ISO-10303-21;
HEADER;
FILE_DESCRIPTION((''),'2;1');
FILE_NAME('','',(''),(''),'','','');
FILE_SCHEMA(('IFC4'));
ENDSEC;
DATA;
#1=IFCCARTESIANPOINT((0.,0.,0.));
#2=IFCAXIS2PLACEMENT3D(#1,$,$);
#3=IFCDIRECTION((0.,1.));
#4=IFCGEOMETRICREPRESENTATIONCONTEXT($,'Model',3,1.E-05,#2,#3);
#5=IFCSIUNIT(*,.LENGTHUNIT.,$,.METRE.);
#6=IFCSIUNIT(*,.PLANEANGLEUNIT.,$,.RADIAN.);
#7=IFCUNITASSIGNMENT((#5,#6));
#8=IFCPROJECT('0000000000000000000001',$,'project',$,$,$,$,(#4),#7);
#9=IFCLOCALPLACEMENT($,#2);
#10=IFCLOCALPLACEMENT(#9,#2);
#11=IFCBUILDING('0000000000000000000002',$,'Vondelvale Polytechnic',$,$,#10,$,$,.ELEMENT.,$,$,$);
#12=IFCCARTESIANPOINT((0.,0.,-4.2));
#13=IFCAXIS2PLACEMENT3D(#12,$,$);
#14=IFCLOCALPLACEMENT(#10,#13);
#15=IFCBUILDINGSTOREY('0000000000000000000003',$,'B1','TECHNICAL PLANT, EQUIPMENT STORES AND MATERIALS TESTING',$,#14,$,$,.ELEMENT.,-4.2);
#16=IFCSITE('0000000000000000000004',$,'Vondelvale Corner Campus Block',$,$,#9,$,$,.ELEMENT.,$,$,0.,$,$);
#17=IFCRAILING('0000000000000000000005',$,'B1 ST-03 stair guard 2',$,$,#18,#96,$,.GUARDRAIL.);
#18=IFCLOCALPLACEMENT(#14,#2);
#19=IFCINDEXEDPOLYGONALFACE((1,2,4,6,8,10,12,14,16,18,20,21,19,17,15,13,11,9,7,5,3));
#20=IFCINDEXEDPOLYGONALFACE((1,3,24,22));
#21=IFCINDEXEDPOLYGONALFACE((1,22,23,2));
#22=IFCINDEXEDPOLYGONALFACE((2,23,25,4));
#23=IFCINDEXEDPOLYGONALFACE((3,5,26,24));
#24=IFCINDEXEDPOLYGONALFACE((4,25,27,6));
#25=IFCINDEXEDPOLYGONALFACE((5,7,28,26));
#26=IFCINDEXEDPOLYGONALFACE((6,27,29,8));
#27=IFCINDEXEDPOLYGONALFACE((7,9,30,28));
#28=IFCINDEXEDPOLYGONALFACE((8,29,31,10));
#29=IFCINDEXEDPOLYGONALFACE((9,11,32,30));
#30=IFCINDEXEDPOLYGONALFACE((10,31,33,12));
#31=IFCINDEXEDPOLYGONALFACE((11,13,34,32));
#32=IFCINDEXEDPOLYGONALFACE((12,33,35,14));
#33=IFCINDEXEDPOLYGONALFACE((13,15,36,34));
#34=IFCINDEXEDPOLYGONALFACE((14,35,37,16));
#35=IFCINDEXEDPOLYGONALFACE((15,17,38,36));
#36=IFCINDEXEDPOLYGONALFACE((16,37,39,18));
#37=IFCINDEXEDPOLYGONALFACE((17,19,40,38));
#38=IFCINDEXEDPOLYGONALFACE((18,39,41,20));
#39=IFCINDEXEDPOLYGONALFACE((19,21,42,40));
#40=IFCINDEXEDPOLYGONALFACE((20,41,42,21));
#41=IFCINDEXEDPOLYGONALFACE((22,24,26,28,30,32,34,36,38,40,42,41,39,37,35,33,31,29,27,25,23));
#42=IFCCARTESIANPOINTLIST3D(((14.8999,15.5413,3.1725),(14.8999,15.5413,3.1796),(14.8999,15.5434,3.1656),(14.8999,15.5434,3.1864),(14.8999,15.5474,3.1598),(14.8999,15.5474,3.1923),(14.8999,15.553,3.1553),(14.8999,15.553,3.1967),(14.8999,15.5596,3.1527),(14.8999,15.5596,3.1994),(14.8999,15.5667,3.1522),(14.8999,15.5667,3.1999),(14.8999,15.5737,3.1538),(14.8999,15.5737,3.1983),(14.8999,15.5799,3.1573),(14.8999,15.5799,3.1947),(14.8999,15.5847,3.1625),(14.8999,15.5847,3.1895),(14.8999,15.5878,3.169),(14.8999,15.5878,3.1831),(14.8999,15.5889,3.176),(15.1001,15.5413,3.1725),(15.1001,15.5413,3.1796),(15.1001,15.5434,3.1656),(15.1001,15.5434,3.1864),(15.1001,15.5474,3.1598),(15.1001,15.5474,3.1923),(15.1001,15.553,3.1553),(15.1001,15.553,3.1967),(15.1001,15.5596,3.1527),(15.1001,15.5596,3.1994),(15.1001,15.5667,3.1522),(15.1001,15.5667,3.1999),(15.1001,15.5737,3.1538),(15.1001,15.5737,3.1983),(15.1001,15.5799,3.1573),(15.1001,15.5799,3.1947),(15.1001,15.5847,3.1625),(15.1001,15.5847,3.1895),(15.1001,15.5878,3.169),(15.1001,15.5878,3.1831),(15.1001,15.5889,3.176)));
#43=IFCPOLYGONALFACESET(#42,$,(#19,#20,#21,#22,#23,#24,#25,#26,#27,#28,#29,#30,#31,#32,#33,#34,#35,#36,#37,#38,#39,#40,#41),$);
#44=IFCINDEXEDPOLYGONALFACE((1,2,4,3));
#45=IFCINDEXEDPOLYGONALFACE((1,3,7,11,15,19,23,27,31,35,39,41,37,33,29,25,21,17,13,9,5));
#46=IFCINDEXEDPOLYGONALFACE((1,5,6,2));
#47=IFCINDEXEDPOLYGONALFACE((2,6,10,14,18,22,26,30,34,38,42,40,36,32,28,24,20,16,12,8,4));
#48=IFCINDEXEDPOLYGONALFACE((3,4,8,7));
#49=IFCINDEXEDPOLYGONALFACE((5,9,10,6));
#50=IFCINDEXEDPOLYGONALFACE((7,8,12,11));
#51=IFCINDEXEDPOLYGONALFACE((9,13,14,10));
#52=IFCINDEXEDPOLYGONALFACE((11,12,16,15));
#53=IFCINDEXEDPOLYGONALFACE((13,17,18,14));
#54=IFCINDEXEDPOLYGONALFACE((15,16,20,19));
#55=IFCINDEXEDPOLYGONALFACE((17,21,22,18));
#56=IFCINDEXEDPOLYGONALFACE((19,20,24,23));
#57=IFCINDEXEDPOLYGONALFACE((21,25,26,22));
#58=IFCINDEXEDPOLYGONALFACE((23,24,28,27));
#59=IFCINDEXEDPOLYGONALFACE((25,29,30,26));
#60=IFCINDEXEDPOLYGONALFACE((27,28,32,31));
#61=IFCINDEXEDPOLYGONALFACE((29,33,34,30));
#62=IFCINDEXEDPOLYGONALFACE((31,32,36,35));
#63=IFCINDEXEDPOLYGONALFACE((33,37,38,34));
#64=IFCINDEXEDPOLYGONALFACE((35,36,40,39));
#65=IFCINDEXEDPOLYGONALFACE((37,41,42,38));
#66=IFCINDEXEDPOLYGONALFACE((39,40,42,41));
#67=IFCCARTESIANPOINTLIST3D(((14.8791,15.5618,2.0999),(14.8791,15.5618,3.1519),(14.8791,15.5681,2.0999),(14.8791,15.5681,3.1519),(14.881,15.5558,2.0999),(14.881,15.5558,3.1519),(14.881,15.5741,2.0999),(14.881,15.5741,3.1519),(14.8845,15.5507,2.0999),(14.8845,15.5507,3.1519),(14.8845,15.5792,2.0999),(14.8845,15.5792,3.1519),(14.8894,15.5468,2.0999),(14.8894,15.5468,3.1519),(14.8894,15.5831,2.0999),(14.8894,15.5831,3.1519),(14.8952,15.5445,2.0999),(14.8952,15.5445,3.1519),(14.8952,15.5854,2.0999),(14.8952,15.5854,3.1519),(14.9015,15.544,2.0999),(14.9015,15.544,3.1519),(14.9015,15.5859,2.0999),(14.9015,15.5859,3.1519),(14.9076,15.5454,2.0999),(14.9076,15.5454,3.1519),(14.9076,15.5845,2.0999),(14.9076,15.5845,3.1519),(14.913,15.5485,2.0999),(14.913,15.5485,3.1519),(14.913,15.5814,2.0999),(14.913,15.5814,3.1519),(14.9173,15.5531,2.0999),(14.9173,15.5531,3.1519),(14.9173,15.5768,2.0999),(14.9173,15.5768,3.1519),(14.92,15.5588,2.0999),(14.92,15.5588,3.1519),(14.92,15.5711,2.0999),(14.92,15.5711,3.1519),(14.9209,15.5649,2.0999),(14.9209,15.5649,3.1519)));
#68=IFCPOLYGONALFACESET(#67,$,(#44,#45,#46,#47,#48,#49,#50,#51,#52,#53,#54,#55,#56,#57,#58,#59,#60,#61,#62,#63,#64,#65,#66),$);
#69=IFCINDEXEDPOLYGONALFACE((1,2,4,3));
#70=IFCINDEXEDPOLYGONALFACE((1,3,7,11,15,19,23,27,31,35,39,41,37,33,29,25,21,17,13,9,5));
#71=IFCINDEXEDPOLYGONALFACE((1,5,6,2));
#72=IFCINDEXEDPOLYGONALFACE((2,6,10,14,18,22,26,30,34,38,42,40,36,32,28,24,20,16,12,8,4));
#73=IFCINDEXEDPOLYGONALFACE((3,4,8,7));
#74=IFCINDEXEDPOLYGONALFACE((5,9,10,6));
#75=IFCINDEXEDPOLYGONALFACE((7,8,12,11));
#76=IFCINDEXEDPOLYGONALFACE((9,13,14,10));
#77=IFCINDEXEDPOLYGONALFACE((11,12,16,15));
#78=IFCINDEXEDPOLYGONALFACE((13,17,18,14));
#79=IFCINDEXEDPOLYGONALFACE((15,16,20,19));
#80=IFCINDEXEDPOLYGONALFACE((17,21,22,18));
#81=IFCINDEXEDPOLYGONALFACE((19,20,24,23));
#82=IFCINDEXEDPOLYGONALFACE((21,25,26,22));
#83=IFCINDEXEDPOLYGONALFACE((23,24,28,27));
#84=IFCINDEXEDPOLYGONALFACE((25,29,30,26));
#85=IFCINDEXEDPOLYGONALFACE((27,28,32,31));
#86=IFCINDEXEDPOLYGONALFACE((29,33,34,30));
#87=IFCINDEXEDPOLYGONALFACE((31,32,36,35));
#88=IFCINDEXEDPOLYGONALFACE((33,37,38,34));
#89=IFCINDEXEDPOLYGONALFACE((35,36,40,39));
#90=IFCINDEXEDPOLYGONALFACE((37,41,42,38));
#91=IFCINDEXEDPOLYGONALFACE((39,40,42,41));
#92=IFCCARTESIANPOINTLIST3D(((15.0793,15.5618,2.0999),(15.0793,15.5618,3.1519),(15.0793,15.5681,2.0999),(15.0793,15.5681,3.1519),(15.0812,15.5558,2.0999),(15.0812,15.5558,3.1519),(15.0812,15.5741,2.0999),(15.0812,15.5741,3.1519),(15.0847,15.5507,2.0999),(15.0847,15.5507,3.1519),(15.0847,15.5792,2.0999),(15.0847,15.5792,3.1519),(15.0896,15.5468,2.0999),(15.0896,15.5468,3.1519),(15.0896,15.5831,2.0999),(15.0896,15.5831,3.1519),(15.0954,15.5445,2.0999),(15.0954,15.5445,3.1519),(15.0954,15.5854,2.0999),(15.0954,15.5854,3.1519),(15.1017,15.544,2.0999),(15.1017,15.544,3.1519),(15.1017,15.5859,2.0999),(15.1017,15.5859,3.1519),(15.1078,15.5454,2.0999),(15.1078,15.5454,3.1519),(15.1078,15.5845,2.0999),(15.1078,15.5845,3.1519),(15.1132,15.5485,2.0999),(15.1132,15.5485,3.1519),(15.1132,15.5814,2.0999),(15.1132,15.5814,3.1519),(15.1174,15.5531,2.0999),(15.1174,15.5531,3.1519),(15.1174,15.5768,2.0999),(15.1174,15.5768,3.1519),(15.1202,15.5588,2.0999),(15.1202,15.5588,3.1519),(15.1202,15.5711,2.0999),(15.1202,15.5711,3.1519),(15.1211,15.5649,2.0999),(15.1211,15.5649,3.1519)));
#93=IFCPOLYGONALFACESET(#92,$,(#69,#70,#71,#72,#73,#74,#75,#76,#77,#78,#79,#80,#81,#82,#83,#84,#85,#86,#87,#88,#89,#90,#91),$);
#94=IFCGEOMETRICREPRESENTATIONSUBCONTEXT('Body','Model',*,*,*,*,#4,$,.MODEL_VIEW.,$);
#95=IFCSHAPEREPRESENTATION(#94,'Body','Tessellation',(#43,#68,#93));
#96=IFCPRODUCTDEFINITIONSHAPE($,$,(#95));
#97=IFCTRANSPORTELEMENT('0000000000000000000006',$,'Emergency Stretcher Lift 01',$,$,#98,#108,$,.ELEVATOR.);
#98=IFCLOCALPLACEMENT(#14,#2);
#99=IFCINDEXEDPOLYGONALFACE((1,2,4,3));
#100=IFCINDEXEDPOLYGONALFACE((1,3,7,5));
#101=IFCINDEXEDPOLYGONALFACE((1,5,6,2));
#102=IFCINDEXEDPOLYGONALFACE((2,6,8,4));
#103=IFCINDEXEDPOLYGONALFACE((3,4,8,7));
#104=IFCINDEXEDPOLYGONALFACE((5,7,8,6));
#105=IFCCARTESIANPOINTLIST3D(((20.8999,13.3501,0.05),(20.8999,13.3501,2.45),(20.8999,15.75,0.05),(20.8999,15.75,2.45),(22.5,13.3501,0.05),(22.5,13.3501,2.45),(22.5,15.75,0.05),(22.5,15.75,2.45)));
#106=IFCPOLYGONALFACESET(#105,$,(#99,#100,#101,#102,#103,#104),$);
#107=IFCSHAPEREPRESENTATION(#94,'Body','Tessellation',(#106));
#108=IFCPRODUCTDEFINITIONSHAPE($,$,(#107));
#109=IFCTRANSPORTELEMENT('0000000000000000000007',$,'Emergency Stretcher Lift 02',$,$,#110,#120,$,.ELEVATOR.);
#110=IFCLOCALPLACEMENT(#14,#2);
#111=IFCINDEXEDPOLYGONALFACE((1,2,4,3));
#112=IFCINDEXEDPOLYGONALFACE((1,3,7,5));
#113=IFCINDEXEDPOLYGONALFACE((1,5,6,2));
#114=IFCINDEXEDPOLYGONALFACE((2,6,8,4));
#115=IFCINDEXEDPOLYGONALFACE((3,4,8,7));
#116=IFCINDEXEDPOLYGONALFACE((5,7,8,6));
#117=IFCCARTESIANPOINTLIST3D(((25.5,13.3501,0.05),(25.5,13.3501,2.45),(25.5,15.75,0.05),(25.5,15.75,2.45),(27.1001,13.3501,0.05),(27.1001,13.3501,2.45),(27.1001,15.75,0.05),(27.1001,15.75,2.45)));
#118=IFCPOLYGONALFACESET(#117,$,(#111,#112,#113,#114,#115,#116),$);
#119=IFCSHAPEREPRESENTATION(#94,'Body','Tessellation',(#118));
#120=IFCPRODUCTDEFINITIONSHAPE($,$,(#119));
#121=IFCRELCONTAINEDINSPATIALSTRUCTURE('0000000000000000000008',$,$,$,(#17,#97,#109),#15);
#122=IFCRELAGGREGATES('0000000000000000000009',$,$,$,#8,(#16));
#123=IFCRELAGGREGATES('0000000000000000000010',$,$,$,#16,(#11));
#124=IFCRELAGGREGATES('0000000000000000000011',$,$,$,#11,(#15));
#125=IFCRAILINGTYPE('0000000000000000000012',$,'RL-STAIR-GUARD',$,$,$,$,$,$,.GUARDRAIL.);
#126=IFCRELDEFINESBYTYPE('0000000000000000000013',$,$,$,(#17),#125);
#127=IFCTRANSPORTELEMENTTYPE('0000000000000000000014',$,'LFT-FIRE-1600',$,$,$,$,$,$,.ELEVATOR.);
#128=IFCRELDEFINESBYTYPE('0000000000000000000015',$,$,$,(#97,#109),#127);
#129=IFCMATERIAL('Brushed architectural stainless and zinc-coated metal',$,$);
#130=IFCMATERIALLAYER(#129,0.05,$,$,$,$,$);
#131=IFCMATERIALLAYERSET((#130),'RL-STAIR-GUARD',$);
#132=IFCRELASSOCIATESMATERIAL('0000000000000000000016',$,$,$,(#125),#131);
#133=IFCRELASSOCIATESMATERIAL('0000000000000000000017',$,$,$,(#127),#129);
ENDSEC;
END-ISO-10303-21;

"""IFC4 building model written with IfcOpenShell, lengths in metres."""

from ifc_helpers import new_model, si_unit, direction, frame, origin, origin_2d, place, context, subcontext, project, spatial, rectangle, circle, extrude, material, layer, layer_set, type_object, element, save


model = new_model("IFC4")

# Units and contexts
model_context = context("Model", 3, precision=1e-05, world=origin(), true_north=direction((0.0, 1.0)))
body_context = subcontext(model_context, "Body", "Model", "MODEL_VIEW")
ifc_project = project(units=[si_unit("LENGTHUNIT", "METRE"), si_unit("PLANEANGLEUNIT", "RADIAN")], contexts=[model_context])

# Site, building, storey
site_placement = place(None, origin())
site = spatial("IfcSite", under=ifc_project, at=site_placement, Name="Vondelvale Corner Campus Block", CompositionType="ELEMENT", RefElevation=0.0)
building_placement = place(site_placement, origin())
building = spatial("IfcBuilding", under=site, at=building_placement, Name="Vondelvale Polytechnic", CompositionType="ELEMENT")
storey_placement = place(building_placement, frame((0.0, 0.0, -4.2)))
storey = spatial("IfcBuildingStorey", under=building, at=storey_placement, Name="B1", Description="TECHNICAL PLANT, EQUIPMENT STORES AND MATERIALS TESTING", CompositionType="ELEMENT", Elevation=-4.2)

# Railing
ifc_material_1 = material(Name="Brushed architectural stainless and zinc-coated metal")
ifc_layer_1 = layer(ifc_material_1, 0.05)
ifc_layer_set_1 = layer_set([ifc_layer_1], Name="RL-STAIR-GUARD")
railing_type = type_object("IfcRailingType", Name="RL-STAIR-GUARD", PredefinedType="GUARDRAIL", material=ifc_layer_set_1)
railing_placement = place(storey_placement, frame((14.8999, 15.5649, 2.0999)))
element("IfcRailing", 1, at=railing_placement, inside=storey, type_object=railing_type, Name="B1 ST-03 stair guard 2", PredefinedType="GUARDRAIL", context=body_context, shape_type="SweptSolid", body=[
    extrude(circle(Radius=0.0239, at=origin_2d()), frame((0.0, 0.0, 1.0762), z_axis=(1.0, 0.0, 0.0), x_axis=(0.0, 1.0, 0.0)), (0.0, 0.0, 1.0), 0.2002),
    extrude(circle(Radius=0.021, at=origin_2d()), origin(), (0.0, 0.0, 1.0), 1.052),
    extrude(circle(Radius=0.021, at=origin_2d()), frame((0.2002, 0.0, 0.0)), (0.0, 0.0, 1.0), 1.052),
])

# Transport elements
transport_element_type = type_object("IfcTransportElementType", Name="LFT-FIRE-1600", PredefinedType="ELEVATOR", material=ifc_material_1)
for number, where, z_axis, x_axis, name in (
    (2, (21.7, 14.55, 0.05), (0.0, 0.0, 1.0), (1.0, 0.0, 0.0), "Emergency Stretcher Lift 01"),
    (3, (26.3, 14.55, 0.05), (0.0, 0.0, 1.0), (1.0, 0.0, 0.0), "Emergency Stretcher Lift 02"),
):
    element("IfcTransportElement", number, at=place(storey_placement, frame(where, z_axis=z_axis, x_axis=x_axis)), inside=storey, type_object=transport_element_type, Name=name, PredefinedType="ELEVATOR", context=body_context, shape_type="SweptSolid", body=[
        extrude(rectangle(XDim=1.6001, YDim=2.3999, at=origin_2d()), origin(), (0.0, 0.0, 1.0), 2.3999),
    ])

save(model, "model.ifc")
